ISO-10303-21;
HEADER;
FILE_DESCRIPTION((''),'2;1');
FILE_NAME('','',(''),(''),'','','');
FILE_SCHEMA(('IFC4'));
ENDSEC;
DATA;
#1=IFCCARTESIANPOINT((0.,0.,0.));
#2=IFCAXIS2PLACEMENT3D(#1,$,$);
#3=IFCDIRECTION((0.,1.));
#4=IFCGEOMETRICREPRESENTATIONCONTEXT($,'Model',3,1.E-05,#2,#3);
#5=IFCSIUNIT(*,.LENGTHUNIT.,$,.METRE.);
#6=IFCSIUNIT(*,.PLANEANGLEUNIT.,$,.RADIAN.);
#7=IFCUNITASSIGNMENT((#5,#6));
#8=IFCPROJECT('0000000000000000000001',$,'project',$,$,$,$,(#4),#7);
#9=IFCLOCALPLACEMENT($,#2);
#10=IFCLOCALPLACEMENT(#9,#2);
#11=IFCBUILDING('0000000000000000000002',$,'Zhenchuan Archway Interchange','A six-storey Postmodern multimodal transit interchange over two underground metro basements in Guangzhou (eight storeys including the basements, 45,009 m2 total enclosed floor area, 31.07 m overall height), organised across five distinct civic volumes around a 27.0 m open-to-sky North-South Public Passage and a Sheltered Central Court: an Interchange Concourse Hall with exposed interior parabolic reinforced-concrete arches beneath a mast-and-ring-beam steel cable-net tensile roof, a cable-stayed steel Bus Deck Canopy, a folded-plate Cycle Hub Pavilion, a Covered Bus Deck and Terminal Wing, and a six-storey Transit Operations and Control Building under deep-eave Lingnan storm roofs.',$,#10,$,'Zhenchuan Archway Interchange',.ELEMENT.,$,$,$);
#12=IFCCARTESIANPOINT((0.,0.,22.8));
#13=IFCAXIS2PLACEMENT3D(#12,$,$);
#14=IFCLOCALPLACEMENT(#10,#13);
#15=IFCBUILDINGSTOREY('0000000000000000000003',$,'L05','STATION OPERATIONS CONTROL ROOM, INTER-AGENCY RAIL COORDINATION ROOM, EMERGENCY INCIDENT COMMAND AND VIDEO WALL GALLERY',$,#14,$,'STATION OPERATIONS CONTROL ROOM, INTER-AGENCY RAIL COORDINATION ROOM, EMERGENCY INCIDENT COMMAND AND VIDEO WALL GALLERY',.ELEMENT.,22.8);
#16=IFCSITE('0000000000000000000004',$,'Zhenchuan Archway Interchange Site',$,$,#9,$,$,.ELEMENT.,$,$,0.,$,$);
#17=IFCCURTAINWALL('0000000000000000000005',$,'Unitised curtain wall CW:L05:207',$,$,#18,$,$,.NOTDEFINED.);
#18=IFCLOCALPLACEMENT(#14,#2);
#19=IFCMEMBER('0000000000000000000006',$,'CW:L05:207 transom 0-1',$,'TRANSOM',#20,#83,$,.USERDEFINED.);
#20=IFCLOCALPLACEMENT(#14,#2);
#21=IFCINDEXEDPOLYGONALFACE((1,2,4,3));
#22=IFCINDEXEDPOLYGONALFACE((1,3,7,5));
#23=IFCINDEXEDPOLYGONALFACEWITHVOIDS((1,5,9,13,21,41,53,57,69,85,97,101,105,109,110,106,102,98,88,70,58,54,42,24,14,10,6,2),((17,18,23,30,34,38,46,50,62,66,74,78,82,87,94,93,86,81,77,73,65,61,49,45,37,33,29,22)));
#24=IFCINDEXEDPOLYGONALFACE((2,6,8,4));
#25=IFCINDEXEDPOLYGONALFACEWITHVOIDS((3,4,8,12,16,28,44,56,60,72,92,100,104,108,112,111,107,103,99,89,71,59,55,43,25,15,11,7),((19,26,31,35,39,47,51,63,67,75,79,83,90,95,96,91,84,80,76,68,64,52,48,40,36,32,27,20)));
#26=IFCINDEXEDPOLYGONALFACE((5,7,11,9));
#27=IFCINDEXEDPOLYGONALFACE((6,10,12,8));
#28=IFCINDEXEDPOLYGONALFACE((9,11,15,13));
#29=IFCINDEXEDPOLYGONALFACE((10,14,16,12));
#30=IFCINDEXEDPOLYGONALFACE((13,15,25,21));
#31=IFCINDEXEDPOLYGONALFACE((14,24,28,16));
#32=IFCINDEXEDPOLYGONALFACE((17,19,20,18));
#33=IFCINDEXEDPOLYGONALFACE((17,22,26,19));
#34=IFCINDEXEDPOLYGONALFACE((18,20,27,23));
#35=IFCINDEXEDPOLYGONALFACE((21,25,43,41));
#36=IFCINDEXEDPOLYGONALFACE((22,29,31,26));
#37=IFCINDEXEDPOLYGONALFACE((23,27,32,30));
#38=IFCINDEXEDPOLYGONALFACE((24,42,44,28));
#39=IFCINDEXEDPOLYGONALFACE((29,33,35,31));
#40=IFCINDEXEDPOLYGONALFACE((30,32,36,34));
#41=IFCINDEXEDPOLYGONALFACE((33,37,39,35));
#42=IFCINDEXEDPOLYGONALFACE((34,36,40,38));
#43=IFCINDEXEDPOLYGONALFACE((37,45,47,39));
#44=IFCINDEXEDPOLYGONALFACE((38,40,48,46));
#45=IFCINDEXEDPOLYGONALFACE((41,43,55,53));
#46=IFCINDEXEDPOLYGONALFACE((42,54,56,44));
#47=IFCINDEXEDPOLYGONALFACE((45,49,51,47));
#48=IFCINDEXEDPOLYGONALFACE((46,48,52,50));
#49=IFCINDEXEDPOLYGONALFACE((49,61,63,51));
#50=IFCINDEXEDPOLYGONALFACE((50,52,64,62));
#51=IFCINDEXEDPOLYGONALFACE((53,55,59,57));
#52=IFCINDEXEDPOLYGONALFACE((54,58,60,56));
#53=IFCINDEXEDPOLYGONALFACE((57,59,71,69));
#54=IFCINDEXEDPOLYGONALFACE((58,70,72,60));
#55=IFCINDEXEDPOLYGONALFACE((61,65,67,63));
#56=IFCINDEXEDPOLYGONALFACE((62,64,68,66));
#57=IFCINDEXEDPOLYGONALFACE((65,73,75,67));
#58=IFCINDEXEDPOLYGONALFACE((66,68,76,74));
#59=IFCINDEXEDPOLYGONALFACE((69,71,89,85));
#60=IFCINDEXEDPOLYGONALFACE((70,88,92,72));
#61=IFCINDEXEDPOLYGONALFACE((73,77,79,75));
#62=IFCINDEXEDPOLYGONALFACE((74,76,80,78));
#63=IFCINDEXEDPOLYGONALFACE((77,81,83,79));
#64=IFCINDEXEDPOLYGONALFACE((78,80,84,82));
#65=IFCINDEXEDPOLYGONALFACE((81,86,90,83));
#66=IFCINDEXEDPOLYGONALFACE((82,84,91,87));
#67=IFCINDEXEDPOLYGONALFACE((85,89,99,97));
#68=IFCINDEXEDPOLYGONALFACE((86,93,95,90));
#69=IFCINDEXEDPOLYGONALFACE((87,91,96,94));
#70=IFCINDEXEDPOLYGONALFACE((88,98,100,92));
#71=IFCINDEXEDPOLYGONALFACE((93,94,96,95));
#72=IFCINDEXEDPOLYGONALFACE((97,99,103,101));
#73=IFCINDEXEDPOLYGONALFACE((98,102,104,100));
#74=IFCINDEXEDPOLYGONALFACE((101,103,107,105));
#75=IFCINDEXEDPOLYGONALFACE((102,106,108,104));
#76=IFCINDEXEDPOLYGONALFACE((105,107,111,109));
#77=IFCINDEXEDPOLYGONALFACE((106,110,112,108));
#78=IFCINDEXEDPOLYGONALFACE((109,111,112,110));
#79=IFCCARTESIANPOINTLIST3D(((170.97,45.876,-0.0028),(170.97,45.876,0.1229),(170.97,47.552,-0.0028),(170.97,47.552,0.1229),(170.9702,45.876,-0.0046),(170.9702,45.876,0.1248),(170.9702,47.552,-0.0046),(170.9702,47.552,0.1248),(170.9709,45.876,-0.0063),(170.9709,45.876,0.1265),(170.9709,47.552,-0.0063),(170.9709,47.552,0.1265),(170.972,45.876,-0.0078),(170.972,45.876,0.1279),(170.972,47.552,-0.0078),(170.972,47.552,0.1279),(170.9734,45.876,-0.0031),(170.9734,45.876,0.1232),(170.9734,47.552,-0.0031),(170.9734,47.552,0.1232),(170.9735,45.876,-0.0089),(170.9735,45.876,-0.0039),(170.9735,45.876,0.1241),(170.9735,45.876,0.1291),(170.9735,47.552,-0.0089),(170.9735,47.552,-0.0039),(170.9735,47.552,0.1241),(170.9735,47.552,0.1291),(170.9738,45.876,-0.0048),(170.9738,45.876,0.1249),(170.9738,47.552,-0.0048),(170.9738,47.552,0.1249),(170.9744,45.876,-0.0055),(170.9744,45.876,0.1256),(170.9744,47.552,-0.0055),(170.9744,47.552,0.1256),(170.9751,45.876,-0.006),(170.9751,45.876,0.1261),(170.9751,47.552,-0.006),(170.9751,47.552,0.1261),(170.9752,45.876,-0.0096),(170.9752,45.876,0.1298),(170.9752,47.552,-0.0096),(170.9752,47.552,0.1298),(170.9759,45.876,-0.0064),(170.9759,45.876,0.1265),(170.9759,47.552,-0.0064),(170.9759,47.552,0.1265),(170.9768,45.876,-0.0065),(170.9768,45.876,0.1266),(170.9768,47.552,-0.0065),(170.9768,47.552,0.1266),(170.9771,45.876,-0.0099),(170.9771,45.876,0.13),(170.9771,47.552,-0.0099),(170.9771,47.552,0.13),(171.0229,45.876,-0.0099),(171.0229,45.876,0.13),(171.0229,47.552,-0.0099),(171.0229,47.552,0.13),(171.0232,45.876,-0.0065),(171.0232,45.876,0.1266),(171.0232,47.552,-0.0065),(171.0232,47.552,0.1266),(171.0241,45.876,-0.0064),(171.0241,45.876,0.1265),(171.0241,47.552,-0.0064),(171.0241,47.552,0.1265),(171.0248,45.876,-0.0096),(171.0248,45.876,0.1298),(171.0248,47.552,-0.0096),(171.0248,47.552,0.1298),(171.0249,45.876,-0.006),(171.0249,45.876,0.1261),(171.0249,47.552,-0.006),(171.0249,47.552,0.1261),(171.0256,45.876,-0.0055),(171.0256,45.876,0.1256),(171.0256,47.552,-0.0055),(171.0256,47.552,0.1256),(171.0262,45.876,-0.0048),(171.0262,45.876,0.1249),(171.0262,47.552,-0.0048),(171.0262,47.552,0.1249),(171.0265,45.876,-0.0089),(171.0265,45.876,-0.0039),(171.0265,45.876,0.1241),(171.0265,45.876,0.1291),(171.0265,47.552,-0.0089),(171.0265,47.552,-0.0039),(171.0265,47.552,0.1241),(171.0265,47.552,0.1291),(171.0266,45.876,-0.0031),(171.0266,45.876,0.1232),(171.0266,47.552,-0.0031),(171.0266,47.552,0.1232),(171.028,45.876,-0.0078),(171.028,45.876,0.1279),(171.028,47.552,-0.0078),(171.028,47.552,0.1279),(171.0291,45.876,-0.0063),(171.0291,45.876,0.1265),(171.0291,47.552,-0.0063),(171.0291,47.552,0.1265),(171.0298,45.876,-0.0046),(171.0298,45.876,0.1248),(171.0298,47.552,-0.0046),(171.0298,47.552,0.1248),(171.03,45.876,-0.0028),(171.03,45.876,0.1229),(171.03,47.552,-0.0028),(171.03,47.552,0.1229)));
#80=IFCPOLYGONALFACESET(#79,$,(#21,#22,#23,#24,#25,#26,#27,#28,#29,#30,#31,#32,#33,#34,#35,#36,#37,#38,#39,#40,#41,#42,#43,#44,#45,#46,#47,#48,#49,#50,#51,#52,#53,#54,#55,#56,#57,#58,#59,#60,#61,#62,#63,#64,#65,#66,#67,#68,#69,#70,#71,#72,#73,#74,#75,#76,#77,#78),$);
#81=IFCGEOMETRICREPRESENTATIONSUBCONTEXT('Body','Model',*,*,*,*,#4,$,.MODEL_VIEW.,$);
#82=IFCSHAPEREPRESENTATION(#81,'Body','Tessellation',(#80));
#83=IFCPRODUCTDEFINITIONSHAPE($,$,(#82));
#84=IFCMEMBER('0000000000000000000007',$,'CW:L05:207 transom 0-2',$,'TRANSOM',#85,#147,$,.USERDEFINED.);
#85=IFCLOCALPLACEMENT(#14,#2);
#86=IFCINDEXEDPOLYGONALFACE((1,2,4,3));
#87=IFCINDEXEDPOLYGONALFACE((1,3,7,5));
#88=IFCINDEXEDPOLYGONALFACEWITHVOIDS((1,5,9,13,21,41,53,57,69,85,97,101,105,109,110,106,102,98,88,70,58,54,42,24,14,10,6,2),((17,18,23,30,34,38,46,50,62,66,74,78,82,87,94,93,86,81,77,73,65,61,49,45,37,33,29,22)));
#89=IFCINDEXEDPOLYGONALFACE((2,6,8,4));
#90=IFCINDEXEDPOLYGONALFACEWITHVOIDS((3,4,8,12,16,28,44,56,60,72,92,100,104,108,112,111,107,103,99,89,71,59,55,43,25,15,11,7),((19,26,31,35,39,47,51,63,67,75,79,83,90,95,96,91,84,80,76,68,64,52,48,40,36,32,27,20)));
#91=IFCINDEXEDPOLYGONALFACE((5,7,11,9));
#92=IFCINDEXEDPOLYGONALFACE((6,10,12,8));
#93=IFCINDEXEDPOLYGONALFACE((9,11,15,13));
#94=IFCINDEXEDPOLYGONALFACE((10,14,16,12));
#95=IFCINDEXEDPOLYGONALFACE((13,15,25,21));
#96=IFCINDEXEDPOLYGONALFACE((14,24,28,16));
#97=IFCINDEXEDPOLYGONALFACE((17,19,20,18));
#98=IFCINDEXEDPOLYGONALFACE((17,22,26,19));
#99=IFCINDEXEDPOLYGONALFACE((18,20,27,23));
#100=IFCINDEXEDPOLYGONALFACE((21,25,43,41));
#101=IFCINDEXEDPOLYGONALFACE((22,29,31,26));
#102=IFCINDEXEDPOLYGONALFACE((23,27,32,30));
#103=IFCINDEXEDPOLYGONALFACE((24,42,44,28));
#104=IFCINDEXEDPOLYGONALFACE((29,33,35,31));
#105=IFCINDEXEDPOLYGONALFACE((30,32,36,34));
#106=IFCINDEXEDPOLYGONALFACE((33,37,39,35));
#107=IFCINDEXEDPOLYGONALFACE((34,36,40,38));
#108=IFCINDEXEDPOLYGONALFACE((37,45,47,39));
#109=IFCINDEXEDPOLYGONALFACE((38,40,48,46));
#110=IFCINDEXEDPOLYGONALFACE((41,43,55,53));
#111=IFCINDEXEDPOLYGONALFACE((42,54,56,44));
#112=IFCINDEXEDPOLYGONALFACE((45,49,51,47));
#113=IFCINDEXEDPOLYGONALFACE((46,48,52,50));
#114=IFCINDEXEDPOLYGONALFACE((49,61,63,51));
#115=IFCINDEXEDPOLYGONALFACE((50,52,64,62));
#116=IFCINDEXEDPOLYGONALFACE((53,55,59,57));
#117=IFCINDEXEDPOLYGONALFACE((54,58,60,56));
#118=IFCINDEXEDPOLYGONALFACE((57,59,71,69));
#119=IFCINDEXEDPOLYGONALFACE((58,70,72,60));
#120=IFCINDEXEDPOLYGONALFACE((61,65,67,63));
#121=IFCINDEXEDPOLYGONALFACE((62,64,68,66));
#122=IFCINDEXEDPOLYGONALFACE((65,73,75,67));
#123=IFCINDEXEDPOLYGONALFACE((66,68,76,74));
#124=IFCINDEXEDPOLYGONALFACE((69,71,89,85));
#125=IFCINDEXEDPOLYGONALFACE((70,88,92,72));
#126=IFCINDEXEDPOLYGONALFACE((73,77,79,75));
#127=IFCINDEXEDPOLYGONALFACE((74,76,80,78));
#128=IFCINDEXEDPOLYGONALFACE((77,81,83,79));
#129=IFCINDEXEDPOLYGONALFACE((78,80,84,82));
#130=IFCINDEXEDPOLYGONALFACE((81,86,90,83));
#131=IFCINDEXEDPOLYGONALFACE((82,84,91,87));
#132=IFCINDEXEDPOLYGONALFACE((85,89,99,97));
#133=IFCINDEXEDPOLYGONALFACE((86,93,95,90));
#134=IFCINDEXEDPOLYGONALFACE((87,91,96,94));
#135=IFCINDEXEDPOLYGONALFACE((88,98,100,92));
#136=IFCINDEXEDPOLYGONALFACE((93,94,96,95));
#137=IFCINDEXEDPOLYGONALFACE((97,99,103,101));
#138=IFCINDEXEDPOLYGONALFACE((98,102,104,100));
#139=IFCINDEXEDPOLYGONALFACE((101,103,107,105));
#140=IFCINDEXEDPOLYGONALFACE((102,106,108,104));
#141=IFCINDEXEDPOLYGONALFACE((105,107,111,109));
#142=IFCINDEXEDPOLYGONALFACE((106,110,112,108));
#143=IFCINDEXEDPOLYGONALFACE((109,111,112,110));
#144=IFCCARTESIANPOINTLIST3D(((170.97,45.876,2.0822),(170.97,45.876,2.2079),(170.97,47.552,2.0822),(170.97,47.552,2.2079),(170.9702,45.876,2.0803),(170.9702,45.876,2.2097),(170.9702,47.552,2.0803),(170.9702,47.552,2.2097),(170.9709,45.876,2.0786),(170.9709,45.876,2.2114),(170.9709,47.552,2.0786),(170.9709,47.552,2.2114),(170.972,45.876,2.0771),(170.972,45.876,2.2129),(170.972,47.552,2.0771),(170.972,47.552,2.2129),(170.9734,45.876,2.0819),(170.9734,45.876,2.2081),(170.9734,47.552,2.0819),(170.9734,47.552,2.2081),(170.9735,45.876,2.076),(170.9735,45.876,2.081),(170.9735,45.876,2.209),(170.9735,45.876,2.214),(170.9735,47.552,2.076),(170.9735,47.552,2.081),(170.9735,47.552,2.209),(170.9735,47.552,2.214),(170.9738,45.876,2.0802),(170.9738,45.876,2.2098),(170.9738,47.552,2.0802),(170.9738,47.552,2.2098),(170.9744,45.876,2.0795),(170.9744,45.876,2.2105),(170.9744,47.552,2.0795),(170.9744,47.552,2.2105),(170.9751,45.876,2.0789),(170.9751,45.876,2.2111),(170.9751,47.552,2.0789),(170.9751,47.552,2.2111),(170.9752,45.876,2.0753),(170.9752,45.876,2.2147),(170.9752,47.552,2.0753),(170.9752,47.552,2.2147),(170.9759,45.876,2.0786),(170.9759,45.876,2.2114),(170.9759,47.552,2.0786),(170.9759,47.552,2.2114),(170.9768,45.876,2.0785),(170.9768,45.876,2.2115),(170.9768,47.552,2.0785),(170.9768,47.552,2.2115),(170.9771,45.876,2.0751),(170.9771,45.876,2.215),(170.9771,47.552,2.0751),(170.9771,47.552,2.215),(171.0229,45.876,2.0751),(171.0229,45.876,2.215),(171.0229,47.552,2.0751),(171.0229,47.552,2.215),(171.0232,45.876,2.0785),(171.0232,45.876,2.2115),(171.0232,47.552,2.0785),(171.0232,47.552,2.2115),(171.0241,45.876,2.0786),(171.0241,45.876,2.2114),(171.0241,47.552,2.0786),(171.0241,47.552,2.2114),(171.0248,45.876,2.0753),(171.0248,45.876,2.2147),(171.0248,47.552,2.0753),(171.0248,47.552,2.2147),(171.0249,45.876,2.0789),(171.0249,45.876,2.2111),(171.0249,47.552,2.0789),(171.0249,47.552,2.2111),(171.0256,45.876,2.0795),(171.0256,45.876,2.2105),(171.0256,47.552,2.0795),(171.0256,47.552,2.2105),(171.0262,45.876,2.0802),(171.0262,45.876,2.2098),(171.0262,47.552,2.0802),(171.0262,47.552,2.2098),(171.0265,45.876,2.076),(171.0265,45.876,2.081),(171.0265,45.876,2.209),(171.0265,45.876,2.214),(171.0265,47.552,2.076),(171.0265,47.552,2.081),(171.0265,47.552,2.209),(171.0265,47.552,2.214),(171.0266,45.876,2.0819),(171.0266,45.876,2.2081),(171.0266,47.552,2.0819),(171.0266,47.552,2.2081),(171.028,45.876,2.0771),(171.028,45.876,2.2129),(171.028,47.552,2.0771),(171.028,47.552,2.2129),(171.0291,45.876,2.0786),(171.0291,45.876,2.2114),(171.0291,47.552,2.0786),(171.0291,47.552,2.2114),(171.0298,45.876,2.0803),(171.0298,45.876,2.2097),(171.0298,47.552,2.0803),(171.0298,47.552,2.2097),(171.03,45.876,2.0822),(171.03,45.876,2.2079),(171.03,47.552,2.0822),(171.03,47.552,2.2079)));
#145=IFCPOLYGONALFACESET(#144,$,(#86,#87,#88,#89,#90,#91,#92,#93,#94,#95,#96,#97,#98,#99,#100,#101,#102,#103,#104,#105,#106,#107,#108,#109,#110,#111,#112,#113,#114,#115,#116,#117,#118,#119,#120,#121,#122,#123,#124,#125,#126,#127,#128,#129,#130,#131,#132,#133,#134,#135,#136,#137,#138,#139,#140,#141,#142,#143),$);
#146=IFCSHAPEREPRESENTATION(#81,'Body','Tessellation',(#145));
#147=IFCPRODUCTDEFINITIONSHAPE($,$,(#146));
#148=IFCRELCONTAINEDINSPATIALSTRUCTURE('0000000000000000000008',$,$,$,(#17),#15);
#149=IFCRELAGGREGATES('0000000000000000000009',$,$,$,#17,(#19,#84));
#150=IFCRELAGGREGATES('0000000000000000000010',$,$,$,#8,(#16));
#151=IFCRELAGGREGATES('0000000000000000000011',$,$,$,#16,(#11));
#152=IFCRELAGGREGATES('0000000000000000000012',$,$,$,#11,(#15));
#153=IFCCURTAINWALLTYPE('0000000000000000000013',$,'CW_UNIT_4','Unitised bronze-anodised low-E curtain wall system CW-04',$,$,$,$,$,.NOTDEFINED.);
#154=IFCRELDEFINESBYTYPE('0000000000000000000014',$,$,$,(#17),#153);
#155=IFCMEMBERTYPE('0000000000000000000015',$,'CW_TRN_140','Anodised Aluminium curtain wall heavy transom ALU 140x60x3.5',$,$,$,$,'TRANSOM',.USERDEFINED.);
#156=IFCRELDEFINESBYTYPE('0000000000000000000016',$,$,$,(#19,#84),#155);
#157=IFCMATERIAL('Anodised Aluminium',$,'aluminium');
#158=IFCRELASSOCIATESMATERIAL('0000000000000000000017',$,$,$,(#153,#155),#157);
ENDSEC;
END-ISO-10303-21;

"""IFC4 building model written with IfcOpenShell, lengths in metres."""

from ifc_helpers import new_model, si_unit, direction, frame, origin, origin_2d, place, context, subcontext, project, spatial, hollow_rectangle, extrude, material, material_profile, profile_set, type_object, element, aggregate, save


model = new_model("IFC4")

# Units and contexts
model_context = context("Model", 3, precision=1e-05, world=origin(), true_north=direction((0.0, 1.0)))
body_context = subcontext(model_context, "Body", "Model", "MODEL_VIEW")
ifc_project = project(units=[si_unit("LENGTHUNIT", "METRE"), si_unit("PLANEANGLEUNIT", "RADIAN")], contexts=[model_context])

# Site, building, storey
site_placement = place(None, origin())
site = spatial("IfcSite", under=ifc_project, at=site_placement, Name="Zhenchuan Archway Interchange Site", CompositionType="ELEMENT", RefElevation=0.0)
building_placement = place(site_placement, origin())
building = spatial("IfcBuilding", under=site, at=building_placement, Name="Zhenchuan Archway Interchange", Description="A six-storey Postmodern multimodal transit interchange over two underground metro basements in Guangzhou (eight storeys including the basements, 45,009 m2 total enclosed floor area, 31.07 m overall height), organised across five distinct civic volumes around a 27.0 m open-to-sky North-South Public Passage and a Sheltered Central Court: an Interchange Concourse Hall with exposed interior parabolic reinforced-concrete arches beneath a mast-and-ring-beam steel cable-net tensile roof, a cable-stayed steel Bus Deck Canopy, a folded-plate Cycle Hub Pavilion, a Covered Bus Deck and Terminal Wing, and a six-storey Transit Operations and Control Building under deep-eave Lingnan storm roofs.", LongName="Zhenchuan Archway Interchange", CompositionType="ELEMENT")
storey_placement = place(building_placement, frame((0.0, 0.0, 22.8)))
storey = spatial("IfcBuildingStorey", under=building, at=storey_placement, Name="L05", Description="STATION OPERATIONS CONTROL ROOM, INTER-AGENCY RAIL COORDINATION ROOM, EMERGENCY INCIDENT COMMAND AND VIDEO WALL GALLERY", LongName="STATION OPERATIONS CONTROL ROOM, INTER-AGENCY RAIL COORDINATION ROOM, EMERGENCY INCIDENT COMMAND AND VIDEO WALL GALLERY", CompositionType="ELEMENT", Elevation=22.8)

# Curtain wall, members
ifc_material_1 = material(Name="Anodised Aluminium", Category="aluminium")
curtain_wall_type = type_object("IfcCurtainWallType", Name="CW_UNIT_4", Description="Unitised bronze-anodised low-E curtain wall system CW-04", PredefinedType="NOTDEFINED", material=ifc_material_1)
curtain_wall_placement = place(storey_placement, origin())
curtain_wall = element("IfcCurtainWall", 1, at=curtain_wall_placement, inside=storey, type_object=curtain_wall_type, Name="Unitised curtain wall CW:L05:207", PredefinedType="NOTDEFINED")
ifc_material_profile_1 = material_profile(ifc_material_1, hollow_rectangle(XDim=0.0601, YDim=0.1399, WallThickness=0.0034, InnerFilletRadius=0.0034, OuterFilletRadius=0.0071, at=origin_2d()), Name="ALU 140x60x3.5")
ifc_profile_set_1 = profile_set([ifc_material_profile_1], Name="Anodised Aluminium")
member_type_1 = type_object("IfcMemberType", Name="CW_TRN_140", Description="Anodised Aluminium curtain wall heavy transom ALU 140x60x3.5", ElementType="TRANSOM", PredefinedType="USERDEFINED", material=ifc_profile_set_1)
member_1_placement = place(storey_placement, frame((171.0, 47.552, 0.0601), z_axis=(0.0, -1.0, 0.0), x_axis=(1.0, 0.0, 0.0)))
member_1 = element("IfcMember", 2, at=member_1_placement, type_object=member_type_1, Name="CW:L05:207 transom 0-1", ObjectType="TRANSOM", PredefinedType="USERDEFINED", context=body_context, shape_type="SweptSolid", body=[
    extrude(hollow_rectangle(XDim=0.0601, YDim=0.1399, WallThickness=0.0034, InnerFilletRadius=0.0034, OuterFilletRadius=0.0071, at=origin_2d()), origin(), (0.0, 0.0, 1.0), 1.676),
])
member_2_placement = place(storey_placement, frame((171.0, 47.552, 2.145), z_axis=(0.0, -1.0, 0.0), x_axis=(1.0, 0.0, 0.0)))
member_2 = element("IfcMember", 3, at=member_2_placement, type_object=member_type_1, Name="CW:L05:207 transom 0-2", ObjectType="TRANSOM", PredefinedType="USERDEFINED", context=body_context, shape_type="SweptSolid", body=[
    extrude(hollow_rectangle(XDim=0.0601, YDim=0.1399, WallThickness=0.0034, InnerFilletRadius=0.0034, OuterFilletRadius=0.0071, at=origin_2d()), origin(), (0.0, 0.0, 1.0), 1.676),
])

aggregate(curtain_wall, [member_1, member_2])

save(model, "model.ifc")
